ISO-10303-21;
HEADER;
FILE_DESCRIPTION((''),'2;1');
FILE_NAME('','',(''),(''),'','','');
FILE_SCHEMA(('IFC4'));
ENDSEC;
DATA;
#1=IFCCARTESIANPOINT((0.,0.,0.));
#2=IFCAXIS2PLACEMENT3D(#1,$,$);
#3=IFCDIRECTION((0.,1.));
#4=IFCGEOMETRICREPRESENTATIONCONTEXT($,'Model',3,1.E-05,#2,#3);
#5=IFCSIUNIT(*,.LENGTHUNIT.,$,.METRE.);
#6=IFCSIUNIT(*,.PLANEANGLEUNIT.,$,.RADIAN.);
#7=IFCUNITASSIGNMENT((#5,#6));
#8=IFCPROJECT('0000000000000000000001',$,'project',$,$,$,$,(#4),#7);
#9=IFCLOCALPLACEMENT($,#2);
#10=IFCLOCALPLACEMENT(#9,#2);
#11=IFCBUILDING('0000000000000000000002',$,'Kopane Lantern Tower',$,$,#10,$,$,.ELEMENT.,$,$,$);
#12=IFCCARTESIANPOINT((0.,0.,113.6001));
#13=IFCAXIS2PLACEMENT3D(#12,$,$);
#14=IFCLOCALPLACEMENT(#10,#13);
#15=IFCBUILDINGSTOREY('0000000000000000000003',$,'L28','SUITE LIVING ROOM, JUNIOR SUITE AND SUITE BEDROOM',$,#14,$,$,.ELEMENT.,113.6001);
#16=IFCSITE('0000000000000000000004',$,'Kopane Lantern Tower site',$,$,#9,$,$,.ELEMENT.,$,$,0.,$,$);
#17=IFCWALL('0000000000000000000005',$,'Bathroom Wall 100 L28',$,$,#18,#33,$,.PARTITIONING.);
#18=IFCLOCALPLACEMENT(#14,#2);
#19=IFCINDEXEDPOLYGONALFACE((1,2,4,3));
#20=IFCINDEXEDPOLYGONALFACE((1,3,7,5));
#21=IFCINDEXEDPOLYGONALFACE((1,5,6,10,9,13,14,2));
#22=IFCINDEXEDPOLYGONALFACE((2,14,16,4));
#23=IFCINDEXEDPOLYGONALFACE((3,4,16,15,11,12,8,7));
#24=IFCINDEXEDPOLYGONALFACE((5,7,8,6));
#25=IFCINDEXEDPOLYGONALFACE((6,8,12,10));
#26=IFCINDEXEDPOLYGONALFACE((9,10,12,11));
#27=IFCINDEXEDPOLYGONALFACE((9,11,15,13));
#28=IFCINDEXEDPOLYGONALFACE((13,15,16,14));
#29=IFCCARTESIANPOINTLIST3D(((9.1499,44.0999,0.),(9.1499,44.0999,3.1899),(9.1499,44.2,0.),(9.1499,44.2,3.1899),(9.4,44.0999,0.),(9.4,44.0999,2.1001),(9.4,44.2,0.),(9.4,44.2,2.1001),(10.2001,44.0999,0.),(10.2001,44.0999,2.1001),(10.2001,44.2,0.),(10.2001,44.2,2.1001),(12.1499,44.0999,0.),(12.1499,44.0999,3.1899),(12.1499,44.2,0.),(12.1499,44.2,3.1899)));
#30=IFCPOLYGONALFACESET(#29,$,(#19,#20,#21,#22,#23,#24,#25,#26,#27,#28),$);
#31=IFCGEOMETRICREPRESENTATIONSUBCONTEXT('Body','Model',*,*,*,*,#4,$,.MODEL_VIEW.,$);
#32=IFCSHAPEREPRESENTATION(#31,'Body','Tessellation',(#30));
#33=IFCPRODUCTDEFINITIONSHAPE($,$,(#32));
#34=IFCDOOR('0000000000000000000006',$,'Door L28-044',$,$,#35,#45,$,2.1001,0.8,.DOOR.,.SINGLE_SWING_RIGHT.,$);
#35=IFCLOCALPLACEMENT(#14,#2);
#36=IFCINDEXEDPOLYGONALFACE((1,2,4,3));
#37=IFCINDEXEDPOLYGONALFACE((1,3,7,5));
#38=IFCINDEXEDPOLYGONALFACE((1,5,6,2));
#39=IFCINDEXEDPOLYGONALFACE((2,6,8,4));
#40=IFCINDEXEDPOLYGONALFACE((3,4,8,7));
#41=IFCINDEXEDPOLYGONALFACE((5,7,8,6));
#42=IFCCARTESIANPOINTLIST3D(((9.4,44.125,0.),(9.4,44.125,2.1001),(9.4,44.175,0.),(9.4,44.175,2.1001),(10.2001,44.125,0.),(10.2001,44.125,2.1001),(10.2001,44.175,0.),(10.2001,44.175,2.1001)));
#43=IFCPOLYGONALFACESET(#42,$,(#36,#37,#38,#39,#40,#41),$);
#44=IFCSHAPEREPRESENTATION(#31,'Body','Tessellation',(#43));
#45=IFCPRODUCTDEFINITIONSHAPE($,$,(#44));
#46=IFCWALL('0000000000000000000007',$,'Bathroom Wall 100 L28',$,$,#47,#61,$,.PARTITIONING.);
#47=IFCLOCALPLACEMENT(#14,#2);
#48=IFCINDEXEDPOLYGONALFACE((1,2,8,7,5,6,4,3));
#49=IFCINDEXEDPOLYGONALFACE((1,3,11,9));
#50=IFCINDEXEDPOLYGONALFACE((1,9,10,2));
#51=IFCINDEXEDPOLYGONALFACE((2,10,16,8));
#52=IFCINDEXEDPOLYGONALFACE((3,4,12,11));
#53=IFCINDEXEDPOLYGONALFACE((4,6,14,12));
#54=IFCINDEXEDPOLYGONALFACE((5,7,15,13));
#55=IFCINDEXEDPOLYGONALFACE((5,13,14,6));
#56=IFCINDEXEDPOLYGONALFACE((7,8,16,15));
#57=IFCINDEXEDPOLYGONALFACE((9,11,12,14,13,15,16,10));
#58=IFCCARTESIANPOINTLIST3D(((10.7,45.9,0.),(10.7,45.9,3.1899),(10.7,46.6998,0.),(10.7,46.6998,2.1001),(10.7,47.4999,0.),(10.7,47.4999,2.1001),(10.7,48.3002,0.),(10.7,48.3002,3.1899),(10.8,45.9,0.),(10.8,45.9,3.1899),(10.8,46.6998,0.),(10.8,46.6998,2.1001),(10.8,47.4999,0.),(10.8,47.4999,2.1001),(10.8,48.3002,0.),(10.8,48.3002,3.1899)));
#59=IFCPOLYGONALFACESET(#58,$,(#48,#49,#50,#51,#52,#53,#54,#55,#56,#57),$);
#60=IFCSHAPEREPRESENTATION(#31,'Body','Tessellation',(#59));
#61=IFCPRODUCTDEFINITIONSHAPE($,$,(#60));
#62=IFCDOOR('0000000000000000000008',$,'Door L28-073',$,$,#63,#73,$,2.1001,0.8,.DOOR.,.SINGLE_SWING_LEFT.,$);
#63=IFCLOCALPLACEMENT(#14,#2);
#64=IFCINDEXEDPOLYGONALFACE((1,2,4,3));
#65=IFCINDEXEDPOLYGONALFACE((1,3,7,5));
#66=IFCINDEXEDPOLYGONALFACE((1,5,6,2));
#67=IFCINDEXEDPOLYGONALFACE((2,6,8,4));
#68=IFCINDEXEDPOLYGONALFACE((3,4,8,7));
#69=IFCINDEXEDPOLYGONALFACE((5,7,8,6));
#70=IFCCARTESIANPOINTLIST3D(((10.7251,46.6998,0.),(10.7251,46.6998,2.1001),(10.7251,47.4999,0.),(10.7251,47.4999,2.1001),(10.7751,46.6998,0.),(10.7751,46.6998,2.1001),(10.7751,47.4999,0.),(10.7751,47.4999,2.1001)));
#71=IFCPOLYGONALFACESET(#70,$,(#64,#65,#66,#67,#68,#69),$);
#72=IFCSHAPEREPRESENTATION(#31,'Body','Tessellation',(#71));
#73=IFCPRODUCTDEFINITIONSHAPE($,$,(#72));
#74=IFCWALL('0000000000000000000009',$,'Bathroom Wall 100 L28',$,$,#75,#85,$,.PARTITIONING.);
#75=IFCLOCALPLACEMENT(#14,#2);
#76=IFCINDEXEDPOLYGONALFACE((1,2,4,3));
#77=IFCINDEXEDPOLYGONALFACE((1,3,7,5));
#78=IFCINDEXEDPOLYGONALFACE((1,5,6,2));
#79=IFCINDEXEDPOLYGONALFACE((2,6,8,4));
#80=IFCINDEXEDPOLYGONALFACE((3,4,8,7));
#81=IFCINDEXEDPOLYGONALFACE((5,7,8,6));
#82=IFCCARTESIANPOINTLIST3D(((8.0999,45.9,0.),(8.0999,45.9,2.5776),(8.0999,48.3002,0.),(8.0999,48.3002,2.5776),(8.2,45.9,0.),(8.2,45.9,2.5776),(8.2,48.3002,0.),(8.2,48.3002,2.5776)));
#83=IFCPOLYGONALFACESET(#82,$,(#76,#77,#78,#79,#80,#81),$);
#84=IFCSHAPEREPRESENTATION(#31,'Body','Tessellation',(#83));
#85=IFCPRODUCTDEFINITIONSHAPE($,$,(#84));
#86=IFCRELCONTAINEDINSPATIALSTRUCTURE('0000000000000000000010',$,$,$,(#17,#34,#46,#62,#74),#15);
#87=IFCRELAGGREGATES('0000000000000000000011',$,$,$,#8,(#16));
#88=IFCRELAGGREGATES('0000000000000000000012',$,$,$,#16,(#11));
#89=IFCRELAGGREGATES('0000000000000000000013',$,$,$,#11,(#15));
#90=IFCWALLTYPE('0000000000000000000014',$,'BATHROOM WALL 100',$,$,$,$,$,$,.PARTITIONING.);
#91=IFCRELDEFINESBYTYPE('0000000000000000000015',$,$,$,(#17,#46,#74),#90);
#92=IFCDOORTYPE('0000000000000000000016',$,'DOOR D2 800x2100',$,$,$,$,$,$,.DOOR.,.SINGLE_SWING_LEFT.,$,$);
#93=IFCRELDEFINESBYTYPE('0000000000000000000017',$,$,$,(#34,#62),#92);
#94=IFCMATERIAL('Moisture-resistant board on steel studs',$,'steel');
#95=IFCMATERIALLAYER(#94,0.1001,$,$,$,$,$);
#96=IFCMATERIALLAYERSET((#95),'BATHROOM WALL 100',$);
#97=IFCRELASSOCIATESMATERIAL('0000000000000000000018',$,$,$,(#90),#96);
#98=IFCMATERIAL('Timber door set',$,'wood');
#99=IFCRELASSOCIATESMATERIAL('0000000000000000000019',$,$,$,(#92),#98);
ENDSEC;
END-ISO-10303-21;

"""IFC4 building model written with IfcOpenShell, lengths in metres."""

from ifc_helpers import new_model, si_unit, direction, frame, frame_2d, origin, place, context, subcontext, project, spatial, rectangle, extrude, material, layer, layer_set, type_object, element, fill, save


model = new_model("IFC4")

# Units and contexts
model_context = context("Model", 3, precision=1e-05, world=origin(), true_north=direction((0.0, 1.0)))
body_context = subcontext(model_context, "Body", "Model", "MODEL_VIEW")
ifc_project = project(units=[si_unit("LENGTHUNIT", "METRE"), si_unit("PLANEANGLEUNIT", "RADIAN")], contexts=[model_context])

# Site, building, storey
site_placement = place(None, origin())
site = spatial("IfcSite", under=ifc_project, at=site_placement, Name="Kopane Lantern Tower site", CompositionType="ELEMENT", RefElevation=0.0)
building_placement = place(site_placement, origin())
building = spatial("IfcBuilding", under=site, at=building_placement, Name="Kopane Lantern Tower", CompositionType="ELEMENT")
storey_placement = place(building_placement, frame((0.0, 0.0, 113.6001)))
storey = spatial("IfcBuildingStorey", under=building, at=storey_placement, Name="L28", Description="SUITE LIVING ROOM, JUNIOR SUITE AND SUITE BEDROOM", CompositionType="ELEMENT", Elevation=113.6001)

# Walls, openings, doors
ifc_material_1 = material(Name="Moisture-resistant board on steel studs", Category="steel")
ifc_layer_1 = layer(ifc_material_1, 0.1001)
ifc_layer_set_1 = layer_set([ifc_layer_1], Name="BATHROOM WALL 100")
wall_type_1 = type_object("IfcWallType", Name="BATHROOM WALL 100", PredefinedType="PARTITIONING", material=ifc_layer_set_1)
wall_1_placement = place(storey_placement, frame((12.1499, 44.1499, 0.0), z_axis=(0.0, 0.0, 1.0), x_axis=(-1.0, 0.0, 0.0)))
wall_1 = element("IfcWall", 1, at=wall_1_placement, inside=storey, type_object=wall_type_1, Name="Bathroom Wall 100 L28", PredefinedType="PARTITIONING", context=body_context, shape_type="SweptSolid", body=[
    extrude(rectangle(XDim=3.0, YDim=0.1001, at=frame_2d((1.5, 0.0))), origin(), (0.0, 0.0, 1.0), 3.1899),
])
opening_1_placement = place(wall_1_placement, frame((1.95, 0.0, 0.0)))
opening_1 = element("IfcOpeningElement", 2, at=opening_1_placement, cuts=wall_1, PredefinedType="OPENING", context=body_context, shape_type="SweptSolid", body=[
    extrude(rectangle(XDim=0.8, YDim=2.1001, at=frame_2d((0.3999, 1.05))), frame((0.0, 0.0601, 0.0), z_axis=(0.0, -1.0, 0.0), x_axis=(1.0, 0.0, 0.0)), (0.0, 0.0, 1.0), 0.1201),
])
ifc_material_2 = material(Name="Timber door set", Category="wood")
door_type_1 = type_object("IfcDoorType", Name="DOOR D2 800x2100", OperationType="SINGLE_SWING_LEFT", PredefinedType="DOOR", material=ifc_material_2)
door_1_placement = place(opening_1_placement, origin())
door_1 = element("IfcDoor", 3, at=door_1_placement, inside=storey, type_object=door_type_1, Name="Door L28-044", OperationType="SINGLE_SWING_RIGHT", OverallHeight=2.1001, OverallWidth=0.8, PredefinedType="DOOR", context=body_context, shape_type="SweptSolid", body=[
    extrude(rectangle(XDim=0.8, YDim=2.1001, at=frame_2d((0.3999, 1.05))), frame((0.0, 0.0249, 0.0), z_axis=(0.0, -1.0, 0.0), x_axis=(1.0, 0.0, 0.0)), (0.0, 0.0, 1.0), 0.05),
])
fill(opening_1, door_1)
wall_2_placement = place(storey_placement, frame((10.75, 45.8999, 0.0), z_axis=(0.0, 0.0, 1.0), x_axis=(0.0, 1.0, 0.0)))
wall_2 = element("IfcWall", 4, at=wall_2_placement, inside=storey, type_object=wall_type_1, Name="Bathroom Wall 100 L28", PredefinedType="PARTITIONING", context=body_context, shape_type="SweptSolid", body=[
    extrude(rectangle(XDim=2.4001, YDim=0.1001, at=frame_2d((1.2002, 0.0))), origin(), (0.0, 0.0, 1.0), 3.1899),
])
opening_2_placement = place(wall_2_placement, frame((0.8, 0.0, 0.0)))
opening_2 = element("IfcOpeningElement", 5, at=opening_2_placement, cuts=wall_2, PredefinedType="OPENING", context=body_context, shape_type="SweptSolid", body=[
    extrude(rectangle(XDim=0.8, YDim=2.1001, at=frame_2d((0.3999, 1.05))), frame((0.0, 0.0601, 0.0), z_axis=(0.0, -1.0, 0.0), x_axis=(1.0, 0.0, 0.0)), (0.0, 0.0, 1.0), 0.1201),
])
door_2_placement = place(opening_2_placement, origin())
door_2 = element("IfcDoor", 6, at=door_2_placement, inside=storey, type_object=door_type_1, Name="Door L28-073", OperationType="SINGLE_SWING_LEFT", OverallHeight=2.1001, OverallWidth=0.8, PredefinedType="DOOR", context=body_context, shape_type="SweptSolid", body=[
    extrude(rectangle(XDim=0.8, YDim=2.1001, at=frame_2d((0.3999, 1.05))), frame((0.0, 0.0249, 0.0), z_axis=(0.0, -1.0, 0.0), x_axis=(1.0, 0.0, 0.0)), (0.0, 0.0, 1.0), 0.05),
])
fill(opening_2, door_2)

# Wall
wall_3_placement = place(storey_placement, frame((8.1499, 45.8999, 0.0), z_axis=(0.0, 0.0, 1.0), x_axis=(0.0, 1.0, 0.0)))
element("IfcWall", 7, at=wall_3_placement, inside=storey, type_object=wall_type_1, Name="Bathroom Wall 100 L28", PredefinedType="PARTITIONING", context=body_context, shape_type="SweptSolid", body=[
    extrude(rectangle(XDim=2.4001, YDim=0.1001, at=frame_2d((1.2002, 0.0))), origin(), (0.0, 0.0, 1.0), 2.5776),
])

save(model, "model.ifc")
